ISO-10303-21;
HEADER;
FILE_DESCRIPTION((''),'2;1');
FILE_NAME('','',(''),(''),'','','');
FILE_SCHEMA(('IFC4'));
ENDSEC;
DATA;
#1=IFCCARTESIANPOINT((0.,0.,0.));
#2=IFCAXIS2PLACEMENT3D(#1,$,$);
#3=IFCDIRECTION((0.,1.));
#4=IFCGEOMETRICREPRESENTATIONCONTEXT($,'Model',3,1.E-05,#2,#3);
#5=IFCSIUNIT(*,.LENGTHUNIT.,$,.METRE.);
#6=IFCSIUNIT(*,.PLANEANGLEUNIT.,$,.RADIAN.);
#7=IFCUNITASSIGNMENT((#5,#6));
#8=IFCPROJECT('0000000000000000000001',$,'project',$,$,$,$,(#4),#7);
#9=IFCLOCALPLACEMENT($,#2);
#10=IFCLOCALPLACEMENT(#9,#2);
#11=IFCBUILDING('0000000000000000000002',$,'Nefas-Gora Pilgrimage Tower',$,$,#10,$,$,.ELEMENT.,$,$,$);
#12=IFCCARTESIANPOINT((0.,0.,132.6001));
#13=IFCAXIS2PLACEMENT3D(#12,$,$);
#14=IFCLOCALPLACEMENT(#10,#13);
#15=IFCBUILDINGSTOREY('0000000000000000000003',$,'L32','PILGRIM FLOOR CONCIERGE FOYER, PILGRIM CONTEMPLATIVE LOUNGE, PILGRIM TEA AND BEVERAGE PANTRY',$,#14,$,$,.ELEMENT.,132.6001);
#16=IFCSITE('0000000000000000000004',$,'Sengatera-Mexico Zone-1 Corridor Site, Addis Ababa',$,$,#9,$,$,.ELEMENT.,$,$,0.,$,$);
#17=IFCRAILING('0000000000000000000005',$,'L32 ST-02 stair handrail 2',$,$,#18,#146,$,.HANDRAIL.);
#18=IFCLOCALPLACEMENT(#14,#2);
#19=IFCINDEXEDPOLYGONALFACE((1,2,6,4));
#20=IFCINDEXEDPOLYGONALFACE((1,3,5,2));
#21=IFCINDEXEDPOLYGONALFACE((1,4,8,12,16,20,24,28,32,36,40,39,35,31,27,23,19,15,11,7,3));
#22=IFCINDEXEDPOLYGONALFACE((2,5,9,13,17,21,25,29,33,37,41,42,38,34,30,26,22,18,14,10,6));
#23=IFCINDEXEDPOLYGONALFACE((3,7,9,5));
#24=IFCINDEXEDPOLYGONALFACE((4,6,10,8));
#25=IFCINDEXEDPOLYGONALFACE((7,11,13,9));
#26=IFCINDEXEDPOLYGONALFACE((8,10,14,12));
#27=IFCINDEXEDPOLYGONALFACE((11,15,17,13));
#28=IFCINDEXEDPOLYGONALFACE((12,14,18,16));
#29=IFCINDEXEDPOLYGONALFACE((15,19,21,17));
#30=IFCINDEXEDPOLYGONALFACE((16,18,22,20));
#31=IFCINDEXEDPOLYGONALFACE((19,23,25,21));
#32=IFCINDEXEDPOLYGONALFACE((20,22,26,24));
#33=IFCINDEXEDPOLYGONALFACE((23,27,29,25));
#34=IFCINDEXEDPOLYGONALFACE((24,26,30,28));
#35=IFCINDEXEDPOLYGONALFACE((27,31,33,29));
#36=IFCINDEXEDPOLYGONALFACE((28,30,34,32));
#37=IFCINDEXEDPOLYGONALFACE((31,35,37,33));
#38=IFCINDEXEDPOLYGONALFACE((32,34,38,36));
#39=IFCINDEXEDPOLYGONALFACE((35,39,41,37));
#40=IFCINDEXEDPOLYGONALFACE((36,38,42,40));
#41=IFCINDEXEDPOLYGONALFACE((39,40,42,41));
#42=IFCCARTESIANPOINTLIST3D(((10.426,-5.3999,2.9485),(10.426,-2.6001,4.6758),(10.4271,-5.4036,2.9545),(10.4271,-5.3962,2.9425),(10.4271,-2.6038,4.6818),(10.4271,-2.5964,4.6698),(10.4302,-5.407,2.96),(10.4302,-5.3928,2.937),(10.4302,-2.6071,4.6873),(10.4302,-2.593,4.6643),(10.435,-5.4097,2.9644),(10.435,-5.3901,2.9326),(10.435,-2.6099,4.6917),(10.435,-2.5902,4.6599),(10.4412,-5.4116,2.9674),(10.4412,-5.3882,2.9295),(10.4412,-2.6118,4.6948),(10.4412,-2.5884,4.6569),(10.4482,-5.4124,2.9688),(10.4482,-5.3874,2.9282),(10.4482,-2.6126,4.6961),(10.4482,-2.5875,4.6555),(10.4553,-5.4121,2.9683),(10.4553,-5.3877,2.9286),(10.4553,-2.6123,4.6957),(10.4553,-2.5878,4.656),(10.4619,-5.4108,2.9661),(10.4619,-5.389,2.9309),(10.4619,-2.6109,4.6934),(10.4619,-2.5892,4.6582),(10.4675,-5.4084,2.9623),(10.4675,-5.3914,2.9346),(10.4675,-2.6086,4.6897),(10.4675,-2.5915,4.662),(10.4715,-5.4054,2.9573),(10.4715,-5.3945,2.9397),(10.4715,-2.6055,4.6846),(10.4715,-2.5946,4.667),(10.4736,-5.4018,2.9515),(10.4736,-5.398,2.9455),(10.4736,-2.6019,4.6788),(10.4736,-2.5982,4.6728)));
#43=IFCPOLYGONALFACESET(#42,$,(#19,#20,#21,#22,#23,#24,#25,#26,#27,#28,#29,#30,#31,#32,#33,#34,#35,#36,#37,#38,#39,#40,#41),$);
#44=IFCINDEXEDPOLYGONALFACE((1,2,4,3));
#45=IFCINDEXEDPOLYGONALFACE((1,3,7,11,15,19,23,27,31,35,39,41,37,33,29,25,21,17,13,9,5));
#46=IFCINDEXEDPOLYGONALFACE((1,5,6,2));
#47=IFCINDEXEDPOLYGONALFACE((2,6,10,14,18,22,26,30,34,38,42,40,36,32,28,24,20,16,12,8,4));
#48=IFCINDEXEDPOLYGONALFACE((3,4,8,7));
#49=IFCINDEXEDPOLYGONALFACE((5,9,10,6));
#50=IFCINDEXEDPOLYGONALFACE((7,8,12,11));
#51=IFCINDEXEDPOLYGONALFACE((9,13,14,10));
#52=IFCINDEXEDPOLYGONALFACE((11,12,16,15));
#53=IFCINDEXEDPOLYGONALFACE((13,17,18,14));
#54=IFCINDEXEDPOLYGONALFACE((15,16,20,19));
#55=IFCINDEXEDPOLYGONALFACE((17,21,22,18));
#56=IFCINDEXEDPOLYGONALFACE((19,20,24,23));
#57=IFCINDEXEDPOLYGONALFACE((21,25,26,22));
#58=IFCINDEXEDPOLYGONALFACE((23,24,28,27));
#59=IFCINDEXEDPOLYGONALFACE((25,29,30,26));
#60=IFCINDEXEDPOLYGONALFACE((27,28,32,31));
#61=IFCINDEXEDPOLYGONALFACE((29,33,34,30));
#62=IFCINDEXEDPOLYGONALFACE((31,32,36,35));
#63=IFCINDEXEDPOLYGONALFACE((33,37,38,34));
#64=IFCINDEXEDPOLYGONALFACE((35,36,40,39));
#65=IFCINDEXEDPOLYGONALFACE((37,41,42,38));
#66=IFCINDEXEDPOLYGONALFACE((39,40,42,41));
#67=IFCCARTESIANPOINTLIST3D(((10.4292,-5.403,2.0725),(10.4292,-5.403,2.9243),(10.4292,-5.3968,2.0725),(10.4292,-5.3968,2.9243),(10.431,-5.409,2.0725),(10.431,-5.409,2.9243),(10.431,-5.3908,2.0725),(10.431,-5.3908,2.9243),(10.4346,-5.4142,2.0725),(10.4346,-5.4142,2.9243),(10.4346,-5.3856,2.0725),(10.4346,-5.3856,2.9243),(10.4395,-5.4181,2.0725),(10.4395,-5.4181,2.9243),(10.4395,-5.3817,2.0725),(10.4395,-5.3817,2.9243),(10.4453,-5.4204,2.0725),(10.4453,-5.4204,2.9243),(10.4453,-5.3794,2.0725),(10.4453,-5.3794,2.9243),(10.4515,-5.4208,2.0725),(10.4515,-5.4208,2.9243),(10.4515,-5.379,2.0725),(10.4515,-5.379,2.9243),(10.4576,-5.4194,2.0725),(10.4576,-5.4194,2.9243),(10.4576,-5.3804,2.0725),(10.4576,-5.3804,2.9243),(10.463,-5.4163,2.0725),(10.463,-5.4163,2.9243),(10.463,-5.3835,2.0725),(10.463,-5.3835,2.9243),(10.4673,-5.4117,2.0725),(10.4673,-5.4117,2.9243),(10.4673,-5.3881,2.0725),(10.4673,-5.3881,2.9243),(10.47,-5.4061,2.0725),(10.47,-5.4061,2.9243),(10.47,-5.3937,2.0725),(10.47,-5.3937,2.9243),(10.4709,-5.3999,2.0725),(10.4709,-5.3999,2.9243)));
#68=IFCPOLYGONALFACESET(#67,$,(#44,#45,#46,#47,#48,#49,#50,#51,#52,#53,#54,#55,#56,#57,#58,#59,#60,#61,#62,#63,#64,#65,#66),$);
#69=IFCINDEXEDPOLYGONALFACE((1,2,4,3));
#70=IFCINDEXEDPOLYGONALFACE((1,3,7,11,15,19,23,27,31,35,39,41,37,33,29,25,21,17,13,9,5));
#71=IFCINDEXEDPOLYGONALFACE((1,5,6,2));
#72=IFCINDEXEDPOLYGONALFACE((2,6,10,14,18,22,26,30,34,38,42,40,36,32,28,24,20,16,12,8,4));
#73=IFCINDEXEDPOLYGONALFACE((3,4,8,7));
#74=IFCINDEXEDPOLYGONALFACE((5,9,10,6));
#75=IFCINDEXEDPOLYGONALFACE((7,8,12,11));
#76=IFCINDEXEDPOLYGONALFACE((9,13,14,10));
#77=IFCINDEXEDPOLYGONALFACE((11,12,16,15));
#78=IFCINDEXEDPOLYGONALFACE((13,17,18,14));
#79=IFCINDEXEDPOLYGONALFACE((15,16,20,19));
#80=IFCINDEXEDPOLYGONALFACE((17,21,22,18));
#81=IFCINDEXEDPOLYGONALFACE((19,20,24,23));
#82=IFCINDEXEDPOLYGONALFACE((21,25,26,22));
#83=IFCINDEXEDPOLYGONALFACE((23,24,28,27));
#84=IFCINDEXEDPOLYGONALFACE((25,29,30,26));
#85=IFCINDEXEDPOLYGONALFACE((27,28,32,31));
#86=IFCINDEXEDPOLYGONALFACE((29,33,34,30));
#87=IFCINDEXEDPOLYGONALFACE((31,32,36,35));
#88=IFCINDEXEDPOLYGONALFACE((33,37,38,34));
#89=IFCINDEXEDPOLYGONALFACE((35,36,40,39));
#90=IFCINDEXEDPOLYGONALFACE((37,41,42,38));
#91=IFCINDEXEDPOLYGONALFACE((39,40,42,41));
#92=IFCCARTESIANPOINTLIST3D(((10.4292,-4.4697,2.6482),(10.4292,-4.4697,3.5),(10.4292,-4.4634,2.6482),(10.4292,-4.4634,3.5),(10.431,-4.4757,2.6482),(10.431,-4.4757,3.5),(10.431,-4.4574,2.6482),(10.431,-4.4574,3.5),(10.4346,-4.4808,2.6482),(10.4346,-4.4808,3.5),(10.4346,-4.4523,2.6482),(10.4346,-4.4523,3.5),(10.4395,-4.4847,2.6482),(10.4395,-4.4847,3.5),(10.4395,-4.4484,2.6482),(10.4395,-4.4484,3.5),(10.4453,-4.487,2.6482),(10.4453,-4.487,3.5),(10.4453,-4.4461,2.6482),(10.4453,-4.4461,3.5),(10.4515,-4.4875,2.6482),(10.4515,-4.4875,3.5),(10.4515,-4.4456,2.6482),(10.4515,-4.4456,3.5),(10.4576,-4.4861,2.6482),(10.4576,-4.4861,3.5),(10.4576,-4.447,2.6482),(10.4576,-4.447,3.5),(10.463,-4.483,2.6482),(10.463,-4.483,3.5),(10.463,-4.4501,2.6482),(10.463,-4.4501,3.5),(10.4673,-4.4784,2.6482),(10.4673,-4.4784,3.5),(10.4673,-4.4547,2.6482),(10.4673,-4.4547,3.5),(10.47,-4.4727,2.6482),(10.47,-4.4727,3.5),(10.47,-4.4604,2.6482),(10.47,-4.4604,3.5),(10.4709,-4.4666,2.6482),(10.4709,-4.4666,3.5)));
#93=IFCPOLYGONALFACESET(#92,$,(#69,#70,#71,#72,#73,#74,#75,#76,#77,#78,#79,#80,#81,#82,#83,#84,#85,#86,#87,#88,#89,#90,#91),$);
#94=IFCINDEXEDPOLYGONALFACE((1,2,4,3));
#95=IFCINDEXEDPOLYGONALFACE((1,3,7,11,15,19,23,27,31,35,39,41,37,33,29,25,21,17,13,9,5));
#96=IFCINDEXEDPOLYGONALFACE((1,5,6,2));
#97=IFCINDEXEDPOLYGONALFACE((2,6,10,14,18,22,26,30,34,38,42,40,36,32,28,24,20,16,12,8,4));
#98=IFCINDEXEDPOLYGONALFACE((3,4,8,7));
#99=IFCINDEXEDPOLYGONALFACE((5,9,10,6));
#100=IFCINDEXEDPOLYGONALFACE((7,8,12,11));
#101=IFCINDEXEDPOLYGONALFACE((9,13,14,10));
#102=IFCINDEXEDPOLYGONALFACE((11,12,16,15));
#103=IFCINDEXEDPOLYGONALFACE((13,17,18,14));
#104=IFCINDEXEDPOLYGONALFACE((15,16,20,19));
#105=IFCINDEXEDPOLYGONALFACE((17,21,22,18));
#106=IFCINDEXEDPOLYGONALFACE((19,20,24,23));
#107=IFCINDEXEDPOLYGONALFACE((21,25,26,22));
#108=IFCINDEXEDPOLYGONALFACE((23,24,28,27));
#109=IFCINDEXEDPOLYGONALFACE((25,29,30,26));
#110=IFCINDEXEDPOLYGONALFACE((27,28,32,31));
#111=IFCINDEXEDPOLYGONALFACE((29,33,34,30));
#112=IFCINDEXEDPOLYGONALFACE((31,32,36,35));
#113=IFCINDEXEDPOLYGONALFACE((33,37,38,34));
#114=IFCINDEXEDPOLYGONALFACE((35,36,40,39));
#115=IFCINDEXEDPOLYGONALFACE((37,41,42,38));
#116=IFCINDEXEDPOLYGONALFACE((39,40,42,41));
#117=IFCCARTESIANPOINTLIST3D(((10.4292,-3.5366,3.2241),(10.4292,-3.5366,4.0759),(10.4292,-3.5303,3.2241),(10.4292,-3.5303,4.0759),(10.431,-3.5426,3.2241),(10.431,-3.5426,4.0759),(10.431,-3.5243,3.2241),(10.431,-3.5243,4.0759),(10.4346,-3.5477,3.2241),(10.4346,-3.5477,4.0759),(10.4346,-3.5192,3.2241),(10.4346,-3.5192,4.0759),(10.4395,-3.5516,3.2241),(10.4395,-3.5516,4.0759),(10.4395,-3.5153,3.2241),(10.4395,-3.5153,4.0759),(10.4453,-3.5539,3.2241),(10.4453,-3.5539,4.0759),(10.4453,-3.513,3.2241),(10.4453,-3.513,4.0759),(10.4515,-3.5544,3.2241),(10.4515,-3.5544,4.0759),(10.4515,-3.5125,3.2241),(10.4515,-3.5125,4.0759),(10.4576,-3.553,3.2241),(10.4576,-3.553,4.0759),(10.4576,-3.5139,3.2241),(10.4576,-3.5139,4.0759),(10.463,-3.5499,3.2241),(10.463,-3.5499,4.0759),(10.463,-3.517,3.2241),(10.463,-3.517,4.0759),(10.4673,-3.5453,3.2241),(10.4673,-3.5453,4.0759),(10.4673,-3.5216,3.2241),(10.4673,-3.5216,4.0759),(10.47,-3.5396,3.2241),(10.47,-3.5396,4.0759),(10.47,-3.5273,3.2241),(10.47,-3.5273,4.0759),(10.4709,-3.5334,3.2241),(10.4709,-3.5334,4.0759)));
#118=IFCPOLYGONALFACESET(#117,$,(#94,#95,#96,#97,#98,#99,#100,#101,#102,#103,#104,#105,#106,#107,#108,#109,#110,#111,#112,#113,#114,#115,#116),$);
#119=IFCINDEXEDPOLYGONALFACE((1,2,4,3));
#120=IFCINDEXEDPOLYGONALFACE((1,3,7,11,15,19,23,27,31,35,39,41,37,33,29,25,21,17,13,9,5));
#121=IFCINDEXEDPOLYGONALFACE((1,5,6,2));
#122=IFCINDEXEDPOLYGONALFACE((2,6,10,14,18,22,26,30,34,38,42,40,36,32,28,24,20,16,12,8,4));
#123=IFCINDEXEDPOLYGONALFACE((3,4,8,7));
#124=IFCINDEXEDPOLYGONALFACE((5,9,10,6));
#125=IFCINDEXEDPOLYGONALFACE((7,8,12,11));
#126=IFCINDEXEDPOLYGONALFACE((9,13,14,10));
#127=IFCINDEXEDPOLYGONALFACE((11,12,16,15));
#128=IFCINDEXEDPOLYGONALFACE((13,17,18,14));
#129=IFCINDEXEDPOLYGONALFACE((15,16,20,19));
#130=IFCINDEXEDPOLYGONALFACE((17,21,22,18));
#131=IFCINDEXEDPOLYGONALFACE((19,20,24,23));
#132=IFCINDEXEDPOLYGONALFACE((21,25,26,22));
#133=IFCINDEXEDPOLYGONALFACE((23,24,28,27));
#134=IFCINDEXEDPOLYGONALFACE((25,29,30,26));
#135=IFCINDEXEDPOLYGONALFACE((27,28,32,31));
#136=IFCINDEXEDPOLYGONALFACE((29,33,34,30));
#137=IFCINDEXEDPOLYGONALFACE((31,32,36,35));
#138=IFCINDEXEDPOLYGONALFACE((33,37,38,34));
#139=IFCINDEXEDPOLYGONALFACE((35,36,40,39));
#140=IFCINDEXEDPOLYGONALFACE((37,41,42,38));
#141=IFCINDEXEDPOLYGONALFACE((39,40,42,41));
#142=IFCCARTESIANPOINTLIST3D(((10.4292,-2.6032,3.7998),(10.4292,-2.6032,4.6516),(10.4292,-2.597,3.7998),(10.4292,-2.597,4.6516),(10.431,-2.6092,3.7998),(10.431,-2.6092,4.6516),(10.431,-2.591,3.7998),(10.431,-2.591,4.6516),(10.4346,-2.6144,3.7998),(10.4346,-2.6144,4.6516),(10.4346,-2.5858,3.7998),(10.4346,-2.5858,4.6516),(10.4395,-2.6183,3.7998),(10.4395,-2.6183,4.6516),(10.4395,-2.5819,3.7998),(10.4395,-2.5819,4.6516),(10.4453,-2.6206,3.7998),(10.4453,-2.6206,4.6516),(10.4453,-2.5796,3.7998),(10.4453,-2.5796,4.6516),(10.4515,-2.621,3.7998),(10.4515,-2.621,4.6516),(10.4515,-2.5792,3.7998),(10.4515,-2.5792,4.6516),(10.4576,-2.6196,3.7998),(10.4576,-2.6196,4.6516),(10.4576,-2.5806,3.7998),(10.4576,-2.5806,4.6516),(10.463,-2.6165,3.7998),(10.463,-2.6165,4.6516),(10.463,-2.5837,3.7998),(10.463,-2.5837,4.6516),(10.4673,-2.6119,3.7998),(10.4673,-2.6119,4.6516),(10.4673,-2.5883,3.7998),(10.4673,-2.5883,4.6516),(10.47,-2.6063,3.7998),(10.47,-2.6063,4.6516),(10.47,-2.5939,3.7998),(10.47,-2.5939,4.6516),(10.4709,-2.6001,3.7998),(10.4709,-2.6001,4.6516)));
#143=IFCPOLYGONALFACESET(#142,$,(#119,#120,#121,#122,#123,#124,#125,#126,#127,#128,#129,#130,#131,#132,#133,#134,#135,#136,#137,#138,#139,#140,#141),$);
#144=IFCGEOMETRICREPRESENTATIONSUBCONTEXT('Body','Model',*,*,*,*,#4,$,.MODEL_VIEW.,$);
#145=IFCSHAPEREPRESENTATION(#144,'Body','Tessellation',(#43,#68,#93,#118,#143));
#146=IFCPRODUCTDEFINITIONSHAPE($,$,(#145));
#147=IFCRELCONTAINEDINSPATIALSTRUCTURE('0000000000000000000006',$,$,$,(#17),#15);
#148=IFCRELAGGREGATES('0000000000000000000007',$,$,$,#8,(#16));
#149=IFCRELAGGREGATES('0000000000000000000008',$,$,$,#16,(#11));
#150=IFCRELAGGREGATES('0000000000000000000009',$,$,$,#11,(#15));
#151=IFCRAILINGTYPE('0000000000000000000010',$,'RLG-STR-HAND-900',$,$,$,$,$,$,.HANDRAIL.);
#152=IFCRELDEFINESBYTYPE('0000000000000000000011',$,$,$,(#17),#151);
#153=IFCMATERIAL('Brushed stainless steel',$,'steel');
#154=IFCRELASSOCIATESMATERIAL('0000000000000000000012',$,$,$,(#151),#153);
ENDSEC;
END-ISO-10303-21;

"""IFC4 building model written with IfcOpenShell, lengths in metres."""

from ifc_helpers import new_model, si_unit, direction, frame, origin, origin_2d, place, context, subcontext, project, spatial, circle, extrude, material, type_object, element, save


model = new_model("IFC4")

# Units and contexts
model_context = context("Model", 3, precision=1e-05, world=origin(), true_north=direction((0.0, 1.0)))
body_context = subcontext(model_context, "Body", "Model", "MODEL_VIEW")
ifc_project = project(units=[si_unit("LENGTHUNIT", "METRE"), si_unit("PLANEANGLEUNIT", "RADIAN")], contexts=[model_context])

# Site, building, storey
site_placement = place(None, origin())
site = spatial("IfcSite", under=ifc_project, at=site_placement, Name="Sengatera-Mexico Zone-1 Corridor Site, Addis Ababa", CompositionType="ELEMENT", RefElevation=0.0)
building_placement = place(site_placement, origin())
building = spatial("IfcBuilding", under=site, at=building_placement, Name="Nefas-Gora Pilgrimage Tower", CompositionType="ELEMENT")
storey_placement = place(building_placement, frame((0.0, 0.0, 132.6001)))
storey = spatial("IfcBuildingStorey", under=building, at=storey_placement, Name="L32", Description="PILGRIM FLOOR CONCIERGE FOYER, PILGRIM CONTEMPLATIVE LOUNGE, PILGRIM TEA AND BEVERAGE PANTRY", CompositionType="ELEMENT", Elevation=132.6001)

# Railing
ifc_material_1 = material(Name="Brushed stainless steel", Category="steel")
railing_type_1 = type_object("IfcRailingType", Name="RLG-STR-HAND-900", PredefinedType="HANDRAIL", material=ifc_material_1)
railing_1_placement = place(storey_placement, frame((10.45, -5.3999, 2.0725)))
element("IfcRailing", 1, at=railing_1_placement, inside=storey, type_object=railing_type_1, Name="L32 ST-02 stair handrail 2", PredefinedType="HANDRAIL", context=body_context, shape_type="SweptSolid", body=[
    extrude(circle(Radius=0.0239, at=origin_2d()), frame((0.0, 0.0, 0.876), z_axis=(0.0, 0.851069, 0.525054), x_axis=(-1.0, 0.0, 0.0)), (0.0, 0.0, 1.0), 3.2898),
    extrude(circle(Radius=0.021, at=origin_2d()), origin(), (0.0, 0.0, 1.0), 0.8518),
    extrude(circle(Radius=0.021, at=origin_2d()), frame((0.0, 0.9333, 0.5757)), (0.0, 0.0, 1.0), 0.8518),
    extrude(circle(Radius=0.021, at=origin_2d()), frame((0.0, 1.8665, 1.1516)), (0.0, 0.0, 1.0), 0.8518),
    extrude(circle(Radius=0.021, at=origin_2d()), frame((0.0, 2.7998, 1.7273)), (0.0, 0.0, 1.0), 0.8518),
])

save(model, "model.ifc")
